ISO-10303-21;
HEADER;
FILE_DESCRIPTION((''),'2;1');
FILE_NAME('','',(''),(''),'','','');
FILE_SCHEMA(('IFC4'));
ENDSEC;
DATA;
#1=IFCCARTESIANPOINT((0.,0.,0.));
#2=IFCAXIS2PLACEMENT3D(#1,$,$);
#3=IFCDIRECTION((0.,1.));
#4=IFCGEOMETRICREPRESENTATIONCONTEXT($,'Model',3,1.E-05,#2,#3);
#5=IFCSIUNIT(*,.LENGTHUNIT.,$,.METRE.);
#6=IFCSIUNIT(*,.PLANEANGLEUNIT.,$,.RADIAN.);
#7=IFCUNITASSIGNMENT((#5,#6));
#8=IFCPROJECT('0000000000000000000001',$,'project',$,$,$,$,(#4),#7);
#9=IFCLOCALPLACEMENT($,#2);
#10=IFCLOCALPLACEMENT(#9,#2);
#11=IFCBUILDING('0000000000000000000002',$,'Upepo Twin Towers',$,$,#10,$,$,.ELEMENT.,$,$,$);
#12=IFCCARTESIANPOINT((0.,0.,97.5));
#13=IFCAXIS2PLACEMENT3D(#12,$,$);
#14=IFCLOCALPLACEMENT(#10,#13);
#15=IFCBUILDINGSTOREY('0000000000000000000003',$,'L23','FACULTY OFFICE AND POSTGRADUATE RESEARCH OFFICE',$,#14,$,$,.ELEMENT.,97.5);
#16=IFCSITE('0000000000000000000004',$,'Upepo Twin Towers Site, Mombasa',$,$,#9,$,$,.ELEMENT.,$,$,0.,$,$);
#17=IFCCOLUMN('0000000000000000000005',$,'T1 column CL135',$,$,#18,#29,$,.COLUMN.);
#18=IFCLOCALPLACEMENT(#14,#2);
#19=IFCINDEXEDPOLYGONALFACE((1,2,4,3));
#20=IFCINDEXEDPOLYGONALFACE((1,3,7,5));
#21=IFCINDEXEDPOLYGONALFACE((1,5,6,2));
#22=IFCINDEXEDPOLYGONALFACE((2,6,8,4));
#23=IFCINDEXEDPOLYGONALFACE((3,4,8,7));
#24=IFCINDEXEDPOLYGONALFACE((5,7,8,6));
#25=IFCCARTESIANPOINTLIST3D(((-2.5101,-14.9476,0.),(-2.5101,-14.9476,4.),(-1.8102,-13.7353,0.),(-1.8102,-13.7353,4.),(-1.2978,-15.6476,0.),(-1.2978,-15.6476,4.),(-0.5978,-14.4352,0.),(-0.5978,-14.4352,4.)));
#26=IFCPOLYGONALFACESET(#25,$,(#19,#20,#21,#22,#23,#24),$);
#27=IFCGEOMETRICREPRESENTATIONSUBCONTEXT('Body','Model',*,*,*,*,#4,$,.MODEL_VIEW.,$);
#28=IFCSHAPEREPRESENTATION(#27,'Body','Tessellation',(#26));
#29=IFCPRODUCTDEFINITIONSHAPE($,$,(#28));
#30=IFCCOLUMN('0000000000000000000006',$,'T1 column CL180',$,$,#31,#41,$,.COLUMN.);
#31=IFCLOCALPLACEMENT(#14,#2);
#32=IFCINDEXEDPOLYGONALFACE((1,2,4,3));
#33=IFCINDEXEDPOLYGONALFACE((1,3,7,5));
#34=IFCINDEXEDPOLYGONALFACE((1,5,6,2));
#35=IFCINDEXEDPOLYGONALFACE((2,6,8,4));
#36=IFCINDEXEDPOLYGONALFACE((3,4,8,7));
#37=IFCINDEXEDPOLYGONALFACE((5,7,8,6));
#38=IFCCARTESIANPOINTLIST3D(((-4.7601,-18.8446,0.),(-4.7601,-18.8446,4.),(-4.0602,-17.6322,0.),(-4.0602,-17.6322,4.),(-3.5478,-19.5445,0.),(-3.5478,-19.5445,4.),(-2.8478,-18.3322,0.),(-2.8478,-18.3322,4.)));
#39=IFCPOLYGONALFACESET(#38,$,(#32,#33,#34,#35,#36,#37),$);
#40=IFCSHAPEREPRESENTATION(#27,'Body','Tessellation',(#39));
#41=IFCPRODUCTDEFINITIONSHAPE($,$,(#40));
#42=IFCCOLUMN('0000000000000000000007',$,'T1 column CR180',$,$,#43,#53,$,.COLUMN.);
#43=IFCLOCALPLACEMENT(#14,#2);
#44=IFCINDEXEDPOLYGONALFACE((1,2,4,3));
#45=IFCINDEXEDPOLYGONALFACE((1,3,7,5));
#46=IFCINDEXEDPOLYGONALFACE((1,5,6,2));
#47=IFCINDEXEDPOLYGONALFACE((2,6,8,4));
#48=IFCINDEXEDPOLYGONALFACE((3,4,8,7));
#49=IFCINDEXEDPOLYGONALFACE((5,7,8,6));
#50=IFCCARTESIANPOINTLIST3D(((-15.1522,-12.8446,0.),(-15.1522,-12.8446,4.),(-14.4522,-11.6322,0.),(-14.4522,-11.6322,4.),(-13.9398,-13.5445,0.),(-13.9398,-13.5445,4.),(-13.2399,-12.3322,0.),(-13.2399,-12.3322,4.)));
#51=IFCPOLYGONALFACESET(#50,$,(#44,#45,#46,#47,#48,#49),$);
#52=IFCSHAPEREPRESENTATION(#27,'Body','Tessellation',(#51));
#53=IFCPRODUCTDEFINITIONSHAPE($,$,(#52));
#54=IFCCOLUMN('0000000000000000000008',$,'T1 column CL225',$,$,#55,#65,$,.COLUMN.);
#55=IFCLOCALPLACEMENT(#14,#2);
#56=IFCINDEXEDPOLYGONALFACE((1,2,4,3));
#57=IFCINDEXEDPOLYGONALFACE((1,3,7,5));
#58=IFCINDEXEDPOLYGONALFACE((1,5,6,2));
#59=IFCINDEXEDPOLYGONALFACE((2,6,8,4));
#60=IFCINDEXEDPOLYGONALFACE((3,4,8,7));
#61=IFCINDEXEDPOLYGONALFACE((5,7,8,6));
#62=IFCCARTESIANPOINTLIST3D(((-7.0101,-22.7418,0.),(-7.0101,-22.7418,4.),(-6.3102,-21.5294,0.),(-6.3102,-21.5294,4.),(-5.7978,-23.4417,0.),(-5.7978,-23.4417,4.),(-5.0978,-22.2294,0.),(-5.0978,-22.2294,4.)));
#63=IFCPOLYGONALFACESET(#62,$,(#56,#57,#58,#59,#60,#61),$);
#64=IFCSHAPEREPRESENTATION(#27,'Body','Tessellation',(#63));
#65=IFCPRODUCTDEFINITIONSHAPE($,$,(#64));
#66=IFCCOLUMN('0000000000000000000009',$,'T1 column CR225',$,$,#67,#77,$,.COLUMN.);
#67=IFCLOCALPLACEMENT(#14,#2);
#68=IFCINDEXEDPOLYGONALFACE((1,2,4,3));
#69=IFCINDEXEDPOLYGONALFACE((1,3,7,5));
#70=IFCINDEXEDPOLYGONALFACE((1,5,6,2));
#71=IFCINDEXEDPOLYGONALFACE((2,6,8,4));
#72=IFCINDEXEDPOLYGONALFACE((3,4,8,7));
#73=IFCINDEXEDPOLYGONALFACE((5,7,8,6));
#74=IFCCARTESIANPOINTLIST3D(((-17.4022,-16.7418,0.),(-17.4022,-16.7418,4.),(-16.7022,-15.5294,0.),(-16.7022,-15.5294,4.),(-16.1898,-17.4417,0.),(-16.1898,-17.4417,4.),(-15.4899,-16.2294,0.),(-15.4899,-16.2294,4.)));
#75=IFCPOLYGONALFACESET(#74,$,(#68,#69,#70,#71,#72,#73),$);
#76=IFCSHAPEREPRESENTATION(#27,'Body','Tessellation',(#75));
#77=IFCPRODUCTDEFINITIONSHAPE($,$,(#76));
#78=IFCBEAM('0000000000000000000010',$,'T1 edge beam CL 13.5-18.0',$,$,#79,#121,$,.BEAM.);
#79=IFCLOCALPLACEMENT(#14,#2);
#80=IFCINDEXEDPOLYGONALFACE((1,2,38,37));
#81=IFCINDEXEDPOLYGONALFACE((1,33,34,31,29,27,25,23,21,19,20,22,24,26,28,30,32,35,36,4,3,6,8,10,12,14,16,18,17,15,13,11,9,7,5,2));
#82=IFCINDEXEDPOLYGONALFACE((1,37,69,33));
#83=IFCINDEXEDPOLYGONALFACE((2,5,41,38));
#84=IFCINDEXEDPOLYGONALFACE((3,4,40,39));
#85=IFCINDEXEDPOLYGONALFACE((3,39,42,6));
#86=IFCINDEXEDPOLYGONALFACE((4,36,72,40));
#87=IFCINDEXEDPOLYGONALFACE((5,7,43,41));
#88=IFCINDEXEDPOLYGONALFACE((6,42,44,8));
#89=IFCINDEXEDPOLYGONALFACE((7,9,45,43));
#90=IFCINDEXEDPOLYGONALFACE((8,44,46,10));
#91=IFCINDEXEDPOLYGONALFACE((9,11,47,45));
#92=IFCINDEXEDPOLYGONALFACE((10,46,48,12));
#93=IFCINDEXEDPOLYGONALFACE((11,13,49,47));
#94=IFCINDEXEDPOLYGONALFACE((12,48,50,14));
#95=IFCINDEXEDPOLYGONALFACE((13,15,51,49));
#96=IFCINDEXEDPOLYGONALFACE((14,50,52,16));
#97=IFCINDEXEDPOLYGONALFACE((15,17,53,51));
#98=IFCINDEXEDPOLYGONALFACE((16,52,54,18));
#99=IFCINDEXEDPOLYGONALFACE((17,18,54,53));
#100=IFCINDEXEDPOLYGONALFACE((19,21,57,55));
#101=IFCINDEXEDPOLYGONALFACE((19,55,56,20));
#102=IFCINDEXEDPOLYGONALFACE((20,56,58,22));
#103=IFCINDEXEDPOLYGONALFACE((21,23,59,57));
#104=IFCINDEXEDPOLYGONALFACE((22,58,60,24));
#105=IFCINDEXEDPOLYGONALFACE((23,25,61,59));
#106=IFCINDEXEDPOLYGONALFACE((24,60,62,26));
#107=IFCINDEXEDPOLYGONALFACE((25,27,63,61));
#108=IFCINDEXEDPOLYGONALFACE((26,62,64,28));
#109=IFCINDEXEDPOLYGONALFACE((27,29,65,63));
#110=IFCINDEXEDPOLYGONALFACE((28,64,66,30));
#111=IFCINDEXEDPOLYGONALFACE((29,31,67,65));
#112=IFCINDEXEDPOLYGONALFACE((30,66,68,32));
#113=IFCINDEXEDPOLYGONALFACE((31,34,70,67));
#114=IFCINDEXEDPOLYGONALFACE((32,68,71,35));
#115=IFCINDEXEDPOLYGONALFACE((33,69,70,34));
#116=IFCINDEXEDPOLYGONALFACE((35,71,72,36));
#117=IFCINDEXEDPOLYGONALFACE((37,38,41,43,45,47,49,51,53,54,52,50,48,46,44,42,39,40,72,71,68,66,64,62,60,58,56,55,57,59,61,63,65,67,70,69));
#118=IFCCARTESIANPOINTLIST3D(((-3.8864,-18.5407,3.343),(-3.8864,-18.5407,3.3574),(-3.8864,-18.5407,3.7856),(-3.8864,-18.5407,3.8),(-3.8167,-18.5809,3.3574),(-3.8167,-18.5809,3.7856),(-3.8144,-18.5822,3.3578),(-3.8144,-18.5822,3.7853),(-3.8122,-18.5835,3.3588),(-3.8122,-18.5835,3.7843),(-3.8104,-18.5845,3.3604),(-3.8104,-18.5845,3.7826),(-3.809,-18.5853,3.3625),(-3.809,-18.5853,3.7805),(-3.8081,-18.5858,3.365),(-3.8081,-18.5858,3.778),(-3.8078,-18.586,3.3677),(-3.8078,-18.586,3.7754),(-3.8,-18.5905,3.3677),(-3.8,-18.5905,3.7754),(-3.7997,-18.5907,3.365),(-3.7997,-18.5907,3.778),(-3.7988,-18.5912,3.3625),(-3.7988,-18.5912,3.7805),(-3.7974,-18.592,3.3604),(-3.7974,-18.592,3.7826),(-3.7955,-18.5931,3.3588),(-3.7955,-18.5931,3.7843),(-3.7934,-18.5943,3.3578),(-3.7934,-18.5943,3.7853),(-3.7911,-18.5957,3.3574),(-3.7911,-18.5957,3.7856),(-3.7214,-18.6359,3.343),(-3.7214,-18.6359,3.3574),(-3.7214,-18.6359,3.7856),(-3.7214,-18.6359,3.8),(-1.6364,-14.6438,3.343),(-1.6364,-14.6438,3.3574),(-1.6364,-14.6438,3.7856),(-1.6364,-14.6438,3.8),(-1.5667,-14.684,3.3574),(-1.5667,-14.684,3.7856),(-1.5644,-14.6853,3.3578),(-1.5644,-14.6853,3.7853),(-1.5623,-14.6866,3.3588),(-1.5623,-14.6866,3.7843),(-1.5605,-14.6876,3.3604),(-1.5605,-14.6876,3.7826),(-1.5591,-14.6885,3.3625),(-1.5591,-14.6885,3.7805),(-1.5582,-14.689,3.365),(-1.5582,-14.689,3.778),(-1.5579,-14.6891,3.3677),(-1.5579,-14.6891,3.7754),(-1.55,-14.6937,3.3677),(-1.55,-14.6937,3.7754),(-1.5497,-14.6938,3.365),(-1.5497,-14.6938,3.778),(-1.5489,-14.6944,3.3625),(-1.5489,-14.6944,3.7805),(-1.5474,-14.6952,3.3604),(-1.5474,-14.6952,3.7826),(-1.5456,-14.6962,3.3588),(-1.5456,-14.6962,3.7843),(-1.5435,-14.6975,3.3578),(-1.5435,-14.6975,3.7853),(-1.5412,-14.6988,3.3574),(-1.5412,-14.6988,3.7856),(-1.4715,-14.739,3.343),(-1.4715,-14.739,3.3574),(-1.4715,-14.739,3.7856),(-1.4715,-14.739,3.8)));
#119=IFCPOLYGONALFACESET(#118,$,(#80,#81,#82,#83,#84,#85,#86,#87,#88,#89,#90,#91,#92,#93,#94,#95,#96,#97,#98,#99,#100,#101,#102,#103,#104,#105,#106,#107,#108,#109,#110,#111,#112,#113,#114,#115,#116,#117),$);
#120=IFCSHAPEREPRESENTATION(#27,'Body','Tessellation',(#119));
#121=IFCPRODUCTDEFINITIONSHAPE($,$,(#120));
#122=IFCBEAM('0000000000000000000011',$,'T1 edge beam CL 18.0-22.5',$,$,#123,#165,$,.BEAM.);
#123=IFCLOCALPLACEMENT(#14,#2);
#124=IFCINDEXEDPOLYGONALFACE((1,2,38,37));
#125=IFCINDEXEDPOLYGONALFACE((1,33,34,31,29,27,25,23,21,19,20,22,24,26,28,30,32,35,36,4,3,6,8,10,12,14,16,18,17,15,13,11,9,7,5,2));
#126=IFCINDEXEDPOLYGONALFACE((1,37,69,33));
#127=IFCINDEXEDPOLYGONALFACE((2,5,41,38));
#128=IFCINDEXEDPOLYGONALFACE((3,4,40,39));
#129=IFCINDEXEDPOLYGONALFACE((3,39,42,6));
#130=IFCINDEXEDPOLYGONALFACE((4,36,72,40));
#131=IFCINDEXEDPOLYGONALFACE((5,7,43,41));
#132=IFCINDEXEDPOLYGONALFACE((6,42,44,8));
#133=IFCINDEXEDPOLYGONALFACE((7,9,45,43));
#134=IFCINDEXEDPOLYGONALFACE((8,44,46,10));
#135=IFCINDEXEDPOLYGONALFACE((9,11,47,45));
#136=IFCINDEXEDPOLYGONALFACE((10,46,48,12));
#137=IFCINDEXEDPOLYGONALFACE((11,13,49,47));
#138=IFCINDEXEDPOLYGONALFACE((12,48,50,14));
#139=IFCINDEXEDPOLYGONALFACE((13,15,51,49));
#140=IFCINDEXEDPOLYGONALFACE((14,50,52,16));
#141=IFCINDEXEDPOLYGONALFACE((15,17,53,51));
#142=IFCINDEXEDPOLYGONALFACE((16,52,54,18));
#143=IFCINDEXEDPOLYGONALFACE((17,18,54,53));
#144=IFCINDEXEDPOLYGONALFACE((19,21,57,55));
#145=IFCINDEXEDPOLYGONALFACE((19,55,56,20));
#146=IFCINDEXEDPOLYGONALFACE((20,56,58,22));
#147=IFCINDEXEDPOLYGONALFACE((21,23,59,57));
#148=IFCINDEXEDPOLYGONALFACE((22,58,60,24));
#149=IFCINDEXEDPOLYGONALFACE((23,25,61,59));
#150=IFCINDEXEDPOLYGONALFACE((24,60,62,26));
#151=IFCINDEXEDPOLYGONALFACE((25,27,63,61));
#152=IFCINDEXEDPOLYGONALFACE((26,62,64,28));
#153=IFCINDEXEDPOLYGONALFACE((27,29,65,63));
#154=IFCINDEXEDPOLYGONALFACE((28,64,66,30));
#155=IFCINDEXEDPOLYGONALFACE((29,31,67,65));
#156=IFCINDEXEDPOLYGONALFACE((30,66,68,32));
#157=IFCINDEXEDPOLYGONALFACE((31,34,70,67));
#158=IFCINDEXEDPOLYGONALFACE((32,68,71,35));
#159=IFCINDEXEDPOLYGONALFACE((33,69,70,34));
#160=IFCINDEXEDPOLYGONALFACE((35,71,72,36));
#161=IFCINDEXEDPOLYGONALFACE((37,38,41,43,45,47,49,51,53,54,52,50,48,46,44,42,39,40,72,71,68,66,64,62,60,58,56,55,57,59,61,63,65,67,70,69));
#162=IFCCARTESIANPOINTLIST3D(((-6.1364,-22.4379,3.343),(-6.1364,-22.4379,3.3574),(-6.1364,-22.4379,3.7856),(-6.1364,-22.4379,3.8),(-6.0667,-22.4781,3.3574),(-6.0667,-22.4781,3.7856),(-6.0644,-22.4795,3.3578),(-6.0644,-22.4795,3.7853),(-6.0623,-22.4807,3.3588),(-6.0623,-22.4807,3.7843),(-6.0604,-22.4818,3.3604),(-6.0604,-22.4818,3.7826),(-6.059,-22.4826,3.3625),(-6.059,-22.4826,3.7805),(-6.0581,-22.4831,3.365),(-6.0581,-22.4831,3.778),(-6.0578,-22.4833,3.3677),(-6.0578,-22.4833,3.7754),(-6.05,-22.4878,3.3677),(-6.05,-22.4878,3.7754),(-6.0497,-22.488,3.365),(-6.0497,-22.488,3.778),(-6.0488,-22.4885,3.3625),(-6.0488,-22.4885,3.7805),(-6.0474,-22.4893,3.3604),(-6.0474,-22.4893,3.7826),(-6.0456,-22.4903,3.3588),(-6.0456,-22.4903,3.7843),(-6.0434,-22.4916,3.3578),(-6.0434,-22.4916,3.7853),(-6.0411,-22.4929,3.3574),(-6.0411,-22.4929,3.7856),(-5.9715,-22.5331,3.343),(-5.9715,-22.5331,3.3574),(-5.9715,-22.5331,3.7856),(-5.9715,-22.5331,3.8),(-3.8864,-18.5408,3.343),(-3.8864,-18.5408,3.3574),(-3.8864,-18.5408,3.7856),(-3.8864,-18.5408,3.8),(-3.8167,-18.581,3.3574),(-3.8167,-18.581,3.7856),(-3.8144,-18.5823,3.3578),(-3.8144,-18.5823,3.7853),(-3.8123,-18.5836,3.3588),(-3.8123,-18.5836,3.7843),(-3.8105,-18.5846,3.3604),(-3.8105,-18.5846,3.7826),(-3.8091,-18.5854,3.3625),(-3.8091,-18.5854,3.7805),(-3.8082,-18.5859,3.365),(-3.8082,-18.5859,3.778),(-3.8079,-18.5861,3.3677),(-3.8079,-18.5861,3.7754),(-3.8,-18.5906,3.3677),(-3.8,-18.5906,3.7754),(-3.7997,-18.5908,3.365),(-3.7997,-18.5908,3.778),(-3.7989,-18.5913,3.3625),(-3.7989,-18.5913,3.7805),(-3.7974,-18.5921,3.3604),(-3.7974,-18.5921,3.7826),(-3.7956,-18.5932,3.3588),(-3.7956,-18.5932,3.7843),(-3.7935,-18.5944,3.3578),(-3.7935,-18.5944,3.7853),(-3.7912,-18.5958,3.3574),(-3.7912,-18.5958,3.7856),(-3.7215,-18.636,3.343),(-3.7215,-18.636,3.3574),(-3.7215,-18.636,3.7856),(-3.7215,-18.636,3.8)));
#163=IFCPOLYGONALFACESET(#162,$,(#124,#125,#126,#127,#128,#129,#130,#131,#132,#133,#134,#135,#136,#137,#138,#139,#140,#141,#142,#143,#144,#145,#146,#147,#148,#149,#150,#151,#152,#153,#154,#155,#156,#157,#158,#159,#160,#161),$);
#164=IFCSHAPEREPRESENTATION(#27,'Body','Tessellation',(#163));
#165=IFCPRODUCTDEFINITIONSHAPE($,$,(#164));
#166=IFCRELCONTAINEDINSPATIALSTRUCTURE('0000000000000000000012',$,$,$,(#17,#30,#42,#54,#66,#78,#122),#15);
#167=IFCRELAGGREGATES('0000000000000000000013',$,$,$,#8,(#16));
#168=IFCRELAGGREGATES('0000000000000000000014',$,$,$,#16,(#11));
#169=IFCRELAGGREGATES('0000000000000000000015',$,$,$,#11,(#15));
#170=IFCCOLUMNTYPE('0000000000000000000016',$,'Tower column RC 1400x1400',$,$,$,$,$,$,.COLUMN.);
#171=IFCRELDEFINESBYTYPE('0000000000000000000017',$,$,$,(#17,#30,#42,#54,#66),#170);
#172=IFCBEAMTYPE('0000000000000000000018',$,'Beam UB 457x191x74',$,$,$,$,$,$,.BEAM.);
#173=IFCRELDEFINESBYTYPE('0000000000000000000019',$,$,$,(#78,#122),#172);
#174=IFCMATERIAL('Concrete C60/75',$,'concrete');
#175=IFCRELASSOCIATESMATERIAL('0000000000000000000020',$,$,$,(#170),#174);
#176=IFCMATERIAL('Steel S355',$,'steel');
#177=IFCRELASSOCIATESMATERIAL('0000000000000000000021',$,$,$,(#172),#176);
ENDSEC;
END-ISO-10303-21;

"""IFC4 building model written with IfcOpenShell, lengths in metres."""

from ifc_helpers import new_model, si_unit, direction, frame, origin, origin_2d, place, context, subcontext, project, spatial, rectangle, i_section, extrude, material, material_profile, profile_set, type_object, element, save


model = new_model("IFC4")

# Units and contexts
model_context = context("Model", 3, precision=1e-05, world=origin(), true_north=direction((0.0, 1.0)))
body_context = subcontext(model_context, "Body", "Model", "MODEL_VIEW")
ifc_project = project(units=[si_unit("LENGTHUNIT", "METRE"), si_unit("PLANEANGLEUNIT", "RADIAN")], contexts=[model_context])

# Site, building, storey
site_placement = place(None, origin())
site = spatial("IfcSite", under=ifc_project, at=site_placement, Name="Upepo Twin Towers Site, Mombasa", CompositionType="ELEMENT", RefElevation=0.0)
building_placement = place(site_placement, origin())
building = spatial("IfcBuilding", under=site, at=building_placement, Name="Upepo Twin Towers", CompositionType="ELEMENT")
storey_placement = place(building_placement, frame((0.0, 0.0, 97.5)))
storey = spatial("IfcBuildingStorey", under=building, at=storey_placement, Name="L23", Description="FACULTY OFFICE AND POSTGRADUATE RESEARCH OFFICE", CompositionType="ELEMENT", Elevation=97.5)

# Columns
ifc_material_1 = material(Name="Concrete C60/75", Category="concrete")
ifc_material_profile_1 = material_profile(ifc_material_1, rectangle(XDim=1.3999, YDim=1.3999, at=origin_2d()), Name="RC 1400x1400")
ifc_profile_set_1 = profile_set([ifc_material_profile_1], Name="Concrete C60/75")
column_type = type_object("IfcColumnType", Name="Tower column RC 1400x1400", PredefinedType="COLUMN", material=ifc_profile_set_1)
for number, where, z_axis, x_axis, name in (
    (1, (-1.554, -14.6914, 0.0), (0.0, 0.0, 1.0), (0.5, 0.866025, 0.0), "T1 column CL135"),
    (2, (-3.804, -18.5884, 0.0), (0.0, 0.0, 1.0), (0.5, 0.866025, 0.0), "T1 column CL180"),
    (3, (-14.196, -12.5884, 0.0), (0.0, 0.0, 1.0), (0.5, 0.866025, 0.0), "T1 column CR180"),
    (4, (-6.054, -22.4856, 0.0), (0.0, 0.0, 1.0), (0.5, 0.866025, 0.0), "T1 column CL225"),
    (5, (-16.446, -16.4856, 0.0), (0.0, 0.0, 1.0), (0.5, 0.866025, 0.0), "T1 column CR225"),
):
    element("IfcColumn", number, at=place(storey_placement, frame(where, z_axis=z_axis, x_axis=x_axis)), inside=storey, type_object=column_type, Name=name, PredefinedType="COLUMN", context=body_context, shape_type="SweptSolid", body=[
        extrude(rectangle(XDim=1.3999, YDim=1.3999, at=origin_2d()), origin(), (0.0, 0.0, 1.0), 4.0),
    ])

# Beams
ifc_material_2 = material(Name="Steel S355", Category="steel")
ifc_material_profile_2 = material_profile(ifc_material_2, i_section(OverallWidth=0.1904, OverallDepth=0.457, WebThickness=0.009, FlangeThickness=0.0144, FilletRadius=0.0103, at=origin_2d()), Name="UB 457x191x74")
ifc_profile_set_2 = profile_set([ifc_material_profile_2], Name="Steel S355")
beam_type_1 = type_object("IfcBeamType", Name="Beam UB 457x191x74", PredefinedType="BEAM", material=ifc_profile_set_2)
beam_1_placement = place(storey_placement, frame((-1.554, -14.6914, 3.5715), z_axis=(-0.500014, -0.866018, 0.0), x_axis=(0.866018, -0.500014, 0.0)))
element("IfcBeam", 6, at=beam_1_placement, inside=storey, type_object=beam_type_1, Name="T1 edge beam CL 13.5-18.0", PredefinedType="BEAM", context=body_context, shape_type="SweptSolid", body=[
    extrude(i_section(OverallWidth=0.1904, OverallDepth=0.457, WebThickness=0.009, FlangeThickness=0.0144, FilletRadius=0.0103, at=origin_2d()), origin(), (0.0, 0.0, 1.0), 4.4998),
])
beam_2_placement = place(storey_placement, frame((-3.804, -18.5884, 3.5715), z_axis=(-0.49999, -0.866031, 0.0), x_axis=(0.866031, -0.49999, 0.0)))
element("IfcBeam", 7, at=beam_2_placement, inside=storey, type_object=beam_type_1, Name="T1 edge beam CL 18.0-22.5", PredefinedType="BEAM", context=body_context, shape_type="SweptSolid", body=[
    extrude(i_section(OverallWidth=0.1904, OverallDepth=0.457, WebThickness=0.009, FlangeThickness=0.0144, FilletRadius=0.0103, at=origin_2d()), origin(), (0.0, 0.0, 1.0), 4.5),
])

save(model, "model.ifc")
